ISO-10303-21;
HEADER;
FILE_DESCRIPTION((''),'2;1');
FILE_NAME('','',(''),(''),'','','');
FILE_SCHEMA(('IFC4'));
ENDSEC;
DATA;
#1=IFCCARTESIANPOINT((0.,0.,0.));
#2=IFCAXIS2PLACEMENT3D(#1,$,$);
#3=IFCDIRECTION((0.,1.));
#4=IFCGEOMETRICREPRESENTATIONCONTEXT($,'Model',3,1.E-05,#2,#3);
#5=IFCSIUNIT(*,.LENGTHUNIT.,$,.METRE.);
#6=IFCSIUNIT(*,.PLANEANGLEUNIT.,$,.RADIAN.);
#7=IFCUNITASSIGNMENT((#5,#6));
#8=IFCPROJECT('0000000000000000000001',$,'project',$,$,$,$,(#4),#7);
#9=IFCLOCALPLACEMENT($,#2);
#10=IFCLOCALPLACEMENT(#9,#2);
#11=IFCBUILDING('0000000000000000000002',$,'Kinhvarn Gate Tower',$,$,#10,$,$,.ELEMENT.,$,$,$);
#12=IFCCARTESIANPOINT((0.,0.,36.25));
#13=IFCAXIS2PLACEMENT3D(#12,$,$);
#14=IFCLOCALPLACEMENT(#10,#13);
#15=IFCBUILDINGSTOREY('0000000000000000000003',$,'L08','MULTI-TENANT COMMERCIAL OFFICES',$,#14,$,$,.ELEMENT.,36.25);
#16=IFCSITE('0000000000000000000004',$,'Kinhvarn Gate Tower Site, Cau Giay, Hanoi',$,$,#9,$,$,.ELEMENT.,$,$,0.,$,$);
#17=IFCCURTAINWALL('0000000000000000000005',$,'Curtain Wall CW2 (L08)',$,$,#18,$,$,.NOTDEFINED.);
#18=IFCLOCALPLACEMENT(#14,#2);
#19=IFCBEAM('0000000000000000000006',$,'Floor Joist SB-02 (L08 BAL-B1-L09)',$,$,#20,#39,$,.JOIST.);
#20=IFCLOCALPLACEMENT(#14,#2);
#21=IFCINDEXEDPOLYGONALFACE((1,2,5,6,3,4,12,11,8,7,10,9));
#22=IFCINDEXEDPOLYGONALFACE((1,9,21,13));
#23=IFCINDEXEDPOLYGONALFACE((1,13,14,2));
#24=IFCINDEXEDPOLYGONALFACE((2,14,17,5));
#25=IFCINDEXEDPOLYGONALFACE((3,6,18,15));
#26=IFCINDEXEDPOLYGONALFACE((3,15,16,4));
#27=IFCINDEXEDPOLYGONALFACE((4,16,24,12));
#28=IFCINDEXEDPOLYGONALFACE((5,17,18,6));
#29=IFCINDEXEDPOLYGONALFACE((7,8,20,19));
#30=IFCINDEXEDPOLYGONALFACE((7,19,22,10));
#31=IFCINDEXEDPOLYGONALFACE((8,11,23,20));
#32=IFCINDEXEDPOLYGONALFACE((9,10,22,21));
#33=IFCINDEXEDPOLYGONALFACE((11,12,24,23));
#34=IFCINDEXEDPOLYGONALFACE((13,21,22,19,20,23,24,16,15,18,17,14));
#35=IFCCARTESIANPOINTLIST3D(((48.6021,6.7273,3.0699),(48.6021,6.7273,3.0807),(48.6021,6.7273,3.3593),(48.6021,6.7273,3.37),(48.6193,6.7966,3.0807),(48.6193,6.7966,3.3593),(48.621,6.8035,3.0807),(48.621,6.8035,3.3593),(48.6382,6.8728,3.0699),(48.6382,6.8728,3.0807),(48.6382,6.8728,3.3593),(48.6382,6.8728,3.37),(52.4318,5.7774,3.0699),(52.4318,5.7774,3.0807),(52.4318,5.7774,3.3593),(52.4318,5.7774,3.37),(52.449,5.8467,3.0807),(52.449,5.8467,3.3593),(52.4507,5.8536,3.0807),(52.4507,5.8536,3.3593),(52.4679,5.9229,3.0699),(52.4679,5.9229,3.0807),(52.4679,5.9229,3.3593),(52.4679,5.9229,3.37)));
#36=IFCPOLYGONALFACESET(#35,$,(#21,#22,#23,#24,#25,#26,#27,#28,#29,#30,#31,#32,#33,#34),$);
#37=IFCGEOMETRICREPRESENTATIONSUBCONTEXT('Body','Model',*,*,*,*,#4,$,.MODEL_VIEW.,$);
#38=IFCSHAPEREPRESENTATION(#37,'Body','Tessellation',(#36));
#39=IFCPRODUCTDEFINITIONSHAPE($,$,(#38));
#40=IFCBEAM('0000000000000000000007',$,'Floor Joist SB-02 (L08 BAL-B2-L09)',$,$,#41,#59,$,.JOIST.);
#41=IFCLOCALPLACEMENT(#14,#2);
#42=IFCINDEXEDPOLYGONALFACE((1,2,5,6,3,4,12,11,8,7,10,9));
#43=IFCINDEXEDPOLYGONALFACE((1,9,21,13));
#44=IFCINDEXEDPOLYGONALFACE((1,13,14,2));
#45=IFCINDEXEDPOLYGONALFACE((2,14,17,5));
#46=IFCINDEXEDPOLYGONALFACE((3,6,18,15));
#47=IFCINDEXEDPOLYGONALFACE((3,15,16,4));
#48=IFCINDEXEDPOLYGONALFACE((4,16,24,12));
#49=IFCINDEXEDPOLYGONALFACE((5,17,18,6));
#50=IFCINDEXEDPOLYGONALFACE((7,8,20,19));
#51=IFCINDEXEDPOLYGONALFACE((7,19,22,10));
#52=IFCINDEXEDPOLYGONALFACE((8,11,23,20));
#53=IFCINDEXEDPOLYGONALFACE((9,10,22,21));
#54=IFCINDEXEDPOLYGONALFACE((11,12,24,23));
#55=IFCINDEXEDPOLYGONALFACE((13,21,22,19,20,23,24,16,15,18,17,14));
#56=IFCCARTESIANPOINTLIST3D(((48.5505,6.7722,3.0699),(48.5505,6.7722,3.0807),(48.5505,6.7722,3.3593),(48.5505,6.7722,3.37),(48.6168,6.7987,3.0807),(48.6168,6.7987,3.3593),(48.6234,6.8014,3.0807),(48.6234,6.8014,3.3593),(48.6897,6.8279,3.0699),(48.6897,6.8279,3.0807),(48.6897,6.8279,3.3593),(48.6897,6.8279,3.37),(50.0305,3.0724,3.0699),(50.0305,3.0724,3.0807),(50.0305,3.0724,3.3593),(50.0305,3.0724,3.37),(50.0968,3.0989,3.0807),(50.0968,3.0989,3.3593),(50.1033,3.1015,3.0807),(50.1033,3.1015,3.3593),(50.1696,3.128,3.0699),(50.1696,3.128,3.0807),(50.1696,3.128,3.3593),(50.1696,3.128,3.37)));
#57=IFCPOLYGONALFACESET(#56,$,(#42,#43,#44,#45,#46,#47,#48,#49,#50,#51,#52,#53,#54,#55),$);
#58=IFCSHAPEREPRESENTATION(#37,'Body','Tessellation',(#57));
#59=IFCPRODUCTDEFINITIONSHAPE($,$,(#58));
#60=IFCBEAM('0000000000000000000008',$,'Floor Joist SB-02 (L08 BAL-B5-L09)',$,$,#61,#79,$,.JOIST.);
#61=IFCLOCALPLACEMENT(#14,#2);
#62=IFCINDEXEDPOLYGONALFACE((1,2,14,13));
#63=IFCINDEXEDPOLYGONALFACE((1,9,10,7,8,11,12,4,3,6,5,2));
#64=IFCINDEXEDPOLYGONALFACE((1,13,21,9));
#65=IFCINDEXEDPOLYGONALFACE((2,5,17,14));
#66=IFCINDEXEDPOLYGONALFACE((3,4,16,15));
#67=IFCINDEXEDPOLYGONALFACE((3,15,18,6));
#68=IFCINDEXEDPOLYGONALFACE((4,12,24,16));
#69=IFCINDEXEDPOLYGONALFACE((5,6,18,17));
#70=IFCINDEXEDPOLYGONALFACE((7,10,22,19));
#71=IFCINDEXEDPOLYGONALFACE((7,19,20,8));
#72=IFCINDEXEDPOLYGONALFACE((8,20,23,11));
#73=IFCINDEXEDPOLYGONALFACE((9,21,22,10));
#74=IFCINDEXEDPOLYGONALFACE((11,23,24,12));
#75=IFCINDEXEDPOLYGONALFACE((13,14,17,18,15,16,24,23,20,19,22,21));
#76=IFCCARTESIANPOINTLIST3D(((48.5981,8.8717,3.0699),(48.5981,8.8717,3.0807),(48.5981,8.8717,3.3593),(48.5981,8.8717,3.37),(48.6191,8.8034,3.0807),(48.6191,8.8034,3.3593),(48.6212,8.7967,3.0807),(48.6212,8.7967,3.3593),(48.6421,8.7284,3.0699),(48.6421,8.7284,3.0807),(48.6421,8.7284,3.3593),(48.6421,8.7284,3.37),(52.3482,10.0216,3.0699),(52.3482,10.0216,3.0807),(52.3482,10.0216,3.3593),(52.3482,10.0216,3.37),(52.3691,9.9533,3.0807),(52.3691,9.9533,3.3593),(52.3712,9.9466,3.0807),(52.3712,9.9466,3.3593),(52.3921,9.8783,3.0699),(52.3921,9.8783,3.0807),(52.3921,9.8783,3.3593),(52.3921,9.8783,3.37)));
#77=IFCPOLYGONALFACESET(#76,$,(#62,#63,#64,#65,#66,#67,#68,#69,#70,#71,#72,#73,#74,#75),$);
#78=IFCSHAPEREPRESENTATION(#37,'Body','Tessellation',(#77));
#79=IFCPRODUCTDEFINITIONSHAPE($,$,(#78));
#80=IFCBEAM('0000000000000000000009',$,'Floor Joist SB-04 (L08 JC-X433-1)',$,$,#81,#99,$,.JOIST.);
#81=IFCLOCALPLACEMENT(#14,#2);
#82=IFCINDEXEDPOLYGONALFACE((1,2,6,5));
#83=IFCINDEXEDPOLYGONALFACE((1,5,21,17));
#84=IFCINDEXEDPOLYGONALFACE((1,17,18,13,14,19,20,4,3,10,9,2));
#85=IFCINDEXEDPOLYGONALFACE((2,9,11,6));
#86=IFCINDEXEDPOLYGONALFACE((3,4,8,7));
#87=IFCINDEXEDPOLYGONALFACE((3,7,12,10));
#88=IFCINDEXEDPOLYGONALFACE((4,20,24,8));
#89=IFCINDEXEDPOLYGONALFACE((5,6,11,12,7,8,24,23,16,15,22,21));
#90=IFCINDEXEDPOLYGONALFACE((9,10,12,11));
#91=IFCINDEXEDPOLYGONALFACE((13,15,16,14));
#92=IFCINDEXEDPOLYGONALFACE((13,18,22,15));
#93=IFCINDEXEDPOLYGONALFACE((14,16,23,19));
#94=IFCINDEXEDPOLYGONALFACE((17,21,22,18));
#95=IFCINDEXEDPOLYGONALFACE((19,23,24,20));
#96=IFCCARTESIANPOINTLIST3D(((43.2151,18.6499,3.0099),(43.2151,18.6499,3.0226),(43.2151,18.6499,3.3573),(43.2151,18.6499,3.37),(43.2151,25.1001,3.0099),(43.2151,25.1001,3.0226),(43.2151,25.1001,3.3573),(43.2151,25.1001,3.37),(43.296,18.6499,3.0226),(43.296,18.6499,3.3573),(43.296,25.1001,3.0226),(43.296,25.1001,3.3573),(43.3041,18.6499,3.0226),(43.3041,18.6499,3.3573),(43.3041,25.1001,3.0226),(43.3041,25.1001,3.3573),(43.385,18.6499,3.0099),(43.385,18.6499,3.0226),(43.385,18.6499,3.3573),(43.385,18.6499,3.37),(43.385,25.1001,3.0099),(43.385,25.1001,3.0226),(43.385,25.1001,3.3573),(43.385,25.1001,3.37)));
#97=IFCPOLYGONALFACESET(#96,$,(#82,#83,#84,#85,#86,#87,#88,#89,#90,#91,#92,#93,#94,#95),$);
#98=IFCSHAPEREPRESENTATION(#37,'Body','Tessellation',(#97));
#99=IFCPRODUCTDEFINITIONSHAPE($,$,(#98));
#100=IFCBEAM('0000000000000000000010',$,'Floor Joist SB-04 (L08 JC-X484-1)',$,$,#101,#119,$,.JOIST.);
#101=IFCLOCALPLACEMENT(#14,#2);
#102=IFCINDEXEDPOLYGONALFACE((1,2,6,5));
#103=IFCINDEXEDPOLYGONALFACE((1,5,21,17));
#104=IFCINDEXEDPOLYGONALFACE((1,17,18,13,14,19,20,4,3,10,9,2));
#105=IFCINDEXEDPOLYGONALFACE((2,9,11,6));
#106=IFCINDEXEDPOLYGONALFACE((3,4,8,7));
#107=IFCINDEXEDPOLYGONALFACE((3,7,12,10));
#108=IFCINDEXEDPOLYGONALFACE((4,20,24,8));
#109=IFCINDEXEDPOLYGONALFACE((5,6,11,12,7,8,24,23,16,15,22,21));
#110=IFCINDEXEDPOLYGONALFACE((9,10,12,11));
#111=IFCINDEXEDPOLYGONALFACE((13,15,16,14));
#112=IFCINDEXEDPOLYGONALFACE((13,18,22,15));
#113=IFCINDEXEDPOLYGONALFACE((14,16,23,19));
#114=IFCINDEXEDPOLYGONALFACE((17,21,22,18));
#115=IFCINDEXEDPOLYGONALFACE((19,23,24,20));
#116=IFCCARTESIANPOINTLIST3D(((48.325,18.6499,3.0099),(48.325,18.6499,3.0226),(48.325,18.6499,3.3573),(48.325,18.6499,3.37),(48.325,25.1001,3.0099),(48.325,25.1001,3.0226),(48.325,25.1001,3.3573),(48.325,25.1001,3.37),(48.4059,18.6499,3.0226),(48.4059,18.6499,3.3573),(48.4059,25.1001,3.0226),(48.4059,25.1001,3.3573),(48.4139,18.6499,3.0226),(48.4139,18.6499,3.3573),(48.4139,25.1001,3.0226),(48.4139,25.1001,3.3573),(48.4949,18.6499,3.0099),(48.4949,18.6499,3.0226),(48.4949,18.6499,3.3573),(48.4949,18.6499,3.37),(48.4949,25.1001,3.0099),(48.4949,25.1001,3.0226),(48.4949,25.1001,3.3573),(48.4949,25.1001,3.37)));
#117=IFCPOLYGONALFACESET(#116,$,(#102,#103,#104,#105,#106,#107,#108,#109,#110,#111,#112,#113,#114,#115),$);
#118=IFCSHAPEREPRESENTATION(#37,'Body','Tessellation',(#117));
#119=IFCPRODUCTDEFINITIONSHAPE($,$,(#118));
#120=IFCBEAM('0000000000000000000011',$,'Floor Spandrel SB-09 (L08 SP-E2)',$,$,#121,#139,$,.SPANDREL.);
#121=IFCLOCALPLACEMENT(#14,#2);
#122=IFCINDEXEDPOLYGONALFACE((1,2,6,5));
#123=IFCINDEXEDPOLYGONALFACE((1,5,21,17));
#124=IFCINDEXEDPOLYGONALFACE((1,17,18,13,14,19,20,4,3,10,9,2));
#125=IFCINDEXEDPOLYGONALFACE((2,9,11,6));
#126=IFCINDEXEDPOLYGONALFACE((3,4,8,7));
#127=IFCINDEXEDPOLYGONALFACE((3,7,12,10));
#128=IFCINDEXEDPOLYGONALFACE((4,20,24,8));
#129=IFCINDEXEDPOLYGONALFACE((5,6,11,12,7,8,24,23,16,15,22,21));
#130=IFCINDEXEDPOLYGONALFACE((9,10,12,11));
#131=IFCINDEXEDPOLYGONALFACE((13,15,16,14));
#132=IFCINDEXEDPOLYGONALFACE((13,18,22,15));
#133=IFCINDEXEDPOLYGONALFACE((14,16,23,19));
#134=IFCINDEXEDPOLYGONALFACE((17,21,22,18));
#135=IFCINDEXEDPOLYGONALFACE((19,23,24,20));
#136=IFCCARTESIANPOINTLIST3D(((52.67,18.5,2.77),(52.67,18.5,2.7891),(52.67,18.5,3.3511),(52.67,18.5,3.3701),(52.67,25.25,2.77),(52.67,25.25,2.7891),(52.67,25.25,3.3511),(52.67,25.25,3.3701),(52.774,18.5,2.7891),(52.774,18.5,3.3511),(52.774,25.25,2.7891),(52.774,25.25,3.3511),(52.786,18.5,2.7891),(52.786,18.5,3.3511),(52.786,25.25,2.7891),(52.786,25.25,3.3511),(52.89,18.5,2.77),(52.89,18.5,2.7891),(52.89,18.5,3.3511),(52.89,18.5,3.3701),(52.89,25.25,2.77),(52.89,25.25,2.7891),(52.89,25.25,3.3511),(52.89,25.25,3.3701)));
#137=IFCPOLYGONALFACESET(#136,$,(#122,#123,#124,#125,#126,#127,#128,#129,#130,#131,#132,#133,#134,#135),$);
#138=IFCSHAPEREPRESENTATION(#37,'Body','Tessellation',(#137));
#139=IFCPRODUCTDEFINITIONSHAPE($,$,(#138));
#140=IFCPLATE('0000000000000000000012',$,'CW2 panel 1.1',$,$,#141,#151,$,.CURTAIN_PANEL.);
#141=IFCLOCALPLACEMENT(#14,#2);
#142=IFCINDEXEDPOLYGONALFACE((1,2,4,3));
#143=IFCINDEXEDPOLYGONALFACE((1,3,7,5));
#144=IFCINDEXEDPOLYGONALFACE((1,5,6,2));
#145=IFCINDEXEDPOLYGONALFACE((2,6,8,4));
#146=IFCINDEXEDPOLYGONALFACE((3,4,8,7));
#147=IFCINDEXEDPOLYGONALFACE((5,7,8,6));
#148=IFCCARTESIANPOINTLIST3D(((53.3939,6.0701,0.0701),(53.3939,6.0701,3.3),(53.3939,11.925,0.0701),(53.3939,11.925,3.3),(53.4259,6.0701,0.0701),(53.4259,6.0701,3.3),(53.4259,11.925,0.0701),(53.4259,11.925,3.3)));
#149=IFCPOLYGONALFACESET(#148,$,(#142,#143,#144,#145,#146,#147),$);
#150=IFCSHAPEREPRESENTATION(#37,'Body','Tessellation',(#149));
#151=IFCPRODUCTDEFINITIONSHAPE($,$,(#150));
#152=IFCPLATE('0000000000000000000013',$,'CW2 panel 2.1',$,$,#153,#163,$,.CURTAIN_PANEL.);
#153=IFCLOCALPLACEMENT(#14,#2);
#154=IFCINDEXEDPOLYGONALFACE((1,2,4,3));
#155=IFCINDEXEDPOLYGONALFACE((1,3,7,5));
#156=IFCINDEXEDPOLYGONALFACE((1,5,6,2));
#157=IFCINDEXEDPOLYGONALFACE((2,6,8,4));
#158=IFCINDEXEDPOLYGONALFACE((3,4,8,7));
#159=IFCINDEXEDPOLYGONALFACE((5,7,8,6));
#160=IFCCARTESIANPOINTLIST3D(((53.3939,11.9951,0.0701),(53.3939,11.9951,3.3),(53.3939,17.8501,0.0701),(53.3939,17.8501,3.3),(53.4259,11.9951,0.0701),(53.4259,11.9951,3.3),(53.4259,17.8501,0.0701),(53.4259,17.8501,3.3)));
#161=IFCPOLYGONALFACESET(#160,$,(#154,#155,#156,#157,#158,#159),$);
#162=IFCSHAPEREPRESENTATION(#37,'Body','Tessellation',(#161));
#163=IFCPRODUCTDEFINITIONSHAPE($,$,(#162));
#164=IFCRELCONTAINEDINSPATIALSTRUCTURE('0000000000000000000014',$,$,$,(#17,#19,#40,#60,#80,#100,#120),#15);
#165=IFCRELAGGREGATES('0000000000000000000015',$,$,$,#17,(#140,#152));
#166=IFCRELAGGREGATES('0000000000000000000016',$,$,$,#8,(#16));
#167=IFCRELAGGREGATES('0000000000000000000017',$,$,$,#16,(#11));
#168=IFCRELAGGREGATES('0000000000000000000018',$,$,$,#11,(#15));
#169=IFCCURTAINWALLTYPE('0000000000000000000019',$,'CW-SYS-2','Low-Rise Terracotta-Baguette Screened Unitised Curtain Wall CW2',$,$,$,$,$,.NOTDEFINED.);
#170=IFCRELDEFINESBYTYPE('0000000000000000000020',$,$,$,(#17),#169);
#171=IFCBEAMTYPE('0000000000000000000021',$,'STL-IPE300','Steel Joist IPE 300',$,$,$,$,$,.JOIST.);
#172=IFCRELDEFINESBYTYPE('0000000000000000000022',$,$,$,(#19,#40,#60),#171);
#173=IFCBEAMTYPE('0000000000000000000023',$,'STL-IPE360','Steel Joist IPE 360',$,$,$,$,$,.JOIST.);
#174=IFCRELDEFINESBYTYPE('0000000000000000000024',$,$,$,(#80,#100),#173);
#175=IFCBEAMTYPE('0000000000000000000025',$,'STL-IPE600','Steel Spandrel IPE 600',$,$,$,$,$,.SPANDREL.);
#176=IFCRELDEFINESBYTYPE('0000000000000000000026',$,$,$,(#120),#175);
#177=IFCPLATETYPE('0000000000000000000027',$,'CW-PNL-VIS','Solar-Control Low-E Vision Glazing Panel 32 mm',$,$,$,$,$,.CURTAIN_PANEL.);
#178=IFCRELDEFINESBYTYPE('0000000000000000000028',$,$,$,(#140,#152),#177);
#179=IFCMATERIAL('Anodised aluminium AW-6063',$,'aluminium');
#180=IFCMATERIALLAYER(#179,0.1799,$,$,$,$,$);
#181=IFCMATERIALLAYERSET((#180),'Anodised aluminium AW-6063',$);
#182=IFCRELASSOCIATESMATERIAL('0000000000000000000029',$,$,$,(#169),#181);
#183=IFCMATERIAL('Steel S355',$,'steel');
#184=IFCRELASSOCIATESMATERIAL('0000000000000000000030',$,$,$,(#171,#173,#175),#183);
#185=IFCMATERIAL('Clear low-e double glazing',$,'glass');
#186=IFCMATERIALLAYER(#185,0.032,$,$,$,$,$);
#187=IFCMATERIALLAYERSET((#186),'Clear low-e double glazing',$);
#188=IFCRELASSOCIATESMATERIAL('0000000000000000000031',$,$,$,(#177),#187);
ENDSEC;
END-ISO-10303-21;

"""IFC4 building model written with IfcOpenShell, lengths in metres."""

from ifc_helpers import new_model, si_unit, direction, frame, origin, origin_2d, place, context, subcontext, project, spatial, rectangle, i_section, extrude, material, layer, layer_set, material_profile, profile_set, type_object, element, aggregate, save


model = new_model("IFC4")

# Units and contexts
model_context = context("Model", 3, precision=1e-05, world=origin(), true_north=direction((0.0, 1.0)))
body_context = subcontext(model_context, "Body", "Model", "MODEL_VIEW")
ifc_project = project(units=[si_unit("LENGTHUNIT", "METRE"), si_unit("PLANEANGLEUNIT", "RADIAN")], contexts=[model_context])

# Site, building, storey
site_placement = place(None, origin())
site = spatial("IfcSite", under=ifc_project, at=site_placement, Name="Kinhvarn Gate Tower Site, Cau Giay, Hanoi", CompositionType="ELEMENT", RefElevation=0.0)
building_placement = place(site_placement, origin())
building = spatial("IfcBuilding", under=site, at=building_placement, Name="Kinhvarn Gate Tower", CompositionType="ELEMENT")
storey_placement = place(building_placement, frame((0.0, 0.0, 36.25)))
storey = spatial("IfcBuildingStorey", under=building, at=storey_placement, Name="L08", Description="MULTI-TENANT COMMERCIAL OFFICES", CompositionType="ELEMENT", Elevation=36.25)

# Curtain wall
ifc_material_1 = material(Name="Anodised aluminium AW-6063", Category="aluminium")
ifc_layer_1 = layer(ifc_material_1, 0.1799)
ifc_layer_set_1 = layer_set([ifc_layer_1], Name="Anodised aluminium AW-6063")
curtain_wall_type = type_object("IfcCurtainWallType", Name="CW-SYS-2", Description="Low-Rise Terracotta-Baguette Screened Unitised Curtain Wall CW2", PredefinedType="NOTDEFINED", material=ifc_layer_set_1)
curtain_wall_1_placement = place(storey_placement, origin())
curtain_wall_1 = element("IfcCurtainWall", 1, at=curtain_wall_1_placement, inside=storey, type_object=curtain_wall_type, Name="Curtain Wall CW2 (L08)", PredefinedType="NOTDEFINED")

# Beams
ifc_material_2 = material(Name="Steel S355", Category="steel")
ifc_material_profile_1 = material_profile(ifc_material_2, i_section(OverallWidth=0.1499, OverallDepth=0.3, WebThickness=0.0071, FlangeThickness=0.0107, at=origin_2d()), Name="IPE 300")
ifc_profile_set_1 = profile_set([ifc_material_profile_1], Name="Steel S355")
beam_type_1 = type_object("IfcBeamType", Name="STL-IPE300", Description="Steel Joist IPE 300", PredefinedType="JOIST", material=ifc_profile_set_1)
beam_1_placement = place(storey_placement, frame((48.6201, 6.8, 3.22), z_axis=(0.970589, -0.240745, 0.0), x_axis=(0.240745, 0.970589, 0.0)))
element("IfcBeam", 2, at=beam_1_placement, inside=storey, type_object=beam_type_1, Name="Floor Joist SB-02 (L08 BAL-B1-L09)", PredefinedType="JOIST", context=body_context, shape_type="SweptSolid", body=[
    extrude(i_section(OverallWidth=0.1499, OverallDepth=0.3, WebThickness=0.0071, FlangeThickness=0.0107, at=origin_2d()), origin(), (0.0, 0.0, 1.0), 3.9458),
])
beam_2_placement = place(storey_placement, frame((48.6201, 6.8, 3.22), z_axis=(0.371391, -0.928477, 0.0), x_axis=(0.928477, 0.371391, 0.0)))
element("IfcBeam", 3, at=beam_2_placement, inside=storey, type_object=beam_type_1, Name="Floor Joist SB-02 (L08 BAL-B2-L09)", PredefinedType="JOIST", context=body_context, shape_type="SweptSolid", body=[
    extrude(i_section(OverallWidth=0.1499, OverallDepth=0.3, WebThickness=0.0071, FlangeThickness=0.0107, at=origin_2d()), origin(), (0.0, 0.0, 1.0), 3.9849),
])
beam_3_placement = place(storey_placement, frame((48.6201, 8.8, 3.22), z_axis=(0.956061, 0.293167, 0.0), x_axis=(-0.293167, 0.956061, 0.0)))
element("IfcBeam", 4, at=beam_3_placement, inside=storey, type_object=beam_type_1, Name="Floor Joist SB-02 (L08 BAL-B5-L09)", PredefinedType="JOIST", context=body_context, shape_type="SweptSolid", body=[
    extrude(i_section(OverallWidth=0.1499, OverallDepth=0.3, WebThickness=0.0071, FlangeThickness=0.0107, at=origin_2d()), origin(), (0.0, 0.0, 1.0), 3.9224),
])
ifc_material_profile_2 = material_profile(ifc_material_2, i_section(OverallWidth=0.1699, OverallDepth=0.3601, WebThickness=0.0081, FlangeThickness=0.0127, at=origin_2d()), Name="IPE 360")
ifc_profile_set_2 = profile_set([ifc_material_profile_2], Name="Steel S355")
beam_type_2 = type_object("IfcBeamType", Name="STL-IPE360", Description="Steel Joist IPE 360", PredefinedType="JOIST", material=ifc_profile_set_2)
for number, where, z_axis, x_axis, name in (
    (5, (43.3, 18.6499, 3.1899), (0.0, 1.0, 0.0), (-1.0, 0.0, 0.0), "Floor Joist SB-04 (L08 JC-X433-1)"),
    (6, (48.4099, 18.6499, 3.1899), (0.0, 1.0, 0.0), (-1.0, 0.0, 0.0), "Floor Joist SB-04 (L08 JC-X484-1)"),
):
    element("IfcBeam", number, at=place(storey_placement, frame(where, z_axis=z_axis, x_axis=x_axis)), inside=storey, type_object=beam_type_2, Name=name, PredefinedType="JOIST", context=body_context, shape_type="SweptSolid", body=[
        extrude(i_section(OverallWidth=0.1699, OverallDepth=0.3601, WebThickness=0.0081, FlangeThickness=0.0127, at=origin_2d()), origin(), (0.0, 0.0, 1.0), 6.4502),
    ])
ifc_material_profile_3 = material_profile(ifc_material_2, i_section(OverallWidth=0.22, OverallDepth=0.6001, WebThickness=0.012, FlangeThickness=0.019, at=origin_2d()), Name="IPE 600")
ifc_profile_set_3 = profile_set([ifc_material_profile_3], Name="Steel S355")
beam_type_3 = type_object("IfcBeamType", Name="STL-IPE600", Description="Steel Spandrel IPE 600", PredefinedType="SPANDREL", material=ifc_profile_set_3)
beam_4_placement = place(storey_placement, frame((52.78, 18.5, 3.0701), z_axis=(0.0, 1.0, 0.0), x_axis=(-1.0, 0.0, 0.0)))
element("IfcBeam", 7, at=beam_4_placement, inside=storey, type_object=beam_type_3, Name="Floor Spandrel SB-09 (L08 SP-E2)", PredefinedType="SPANDREL", context=body_context, shape_type="SweptSolid", body=[
    extrude(i_section(OverallWidth=0.22, OverallDepth=0.6001, WebThickness=0.012, FlangeThickness=0.019, at=origin_2d()), origin(), (0.0, 0.0, 1.0), 6.75),
])

# Plates
ifc_material_3 = material(Name="Clear low-e double glazing", Category="glass")
ifc_layer_2 = layer(ifc_material_3, 0.032)
ifc_layer_set_2 = layer_set([ifc_layer_2], Name="Clear low-e double glazing")
plate_type = type_object("IfcPlateType", Name="CW-PNL-VIS", Description="Solar-Control Low-E Vision Glazing Panel 32 mm", PredefinedType="CURTAIN_PANEL", material=ifc_layer_set_2)
plate_1_placement = place(storey_placement, frame((53.4099, 8.9976, 0.0701), z_axis=(0.0, 0.0, 1.0), x_axis=(0.0, 1.0, 0.0)))
plate_1 = element("IfcPlate", 8, at=plate_1_placement, type_object=plate_type, Name="CW2 panel 1.1", PredefinedType="CURTAIN_PANEL", context=body_context, shape_type="SweptSolid", body=[
    extrude(rectangle(XDim=5.855, YDim=0.032, at=origin_2d()), origin(), (0.0, 0.0, 1.0), 3.23),
])
plate_2_placement = place(storey_placement, frame((53.4099, 14.9226, 0.0701), z_axis=(0.0, 0.0, 1.0), x_axis=(0.0, 1.0, 0.0)))
plate_2 = element("IfcPlate", 9, at=plate_2_placement, type_object=plate_type, Name="CW2 panel 2.1", PredefinedType="CURTAIN_PANEL", context=body_context, shape_type="SweptSolid", body=[
    extrude(rectangle(XDim=5.855, YDim=0.032, at=origin_2d()), origin(), (0.0, 0.0, 1.0), 3.23),
])
aggregate(curtain_wall_1, [plate_1, plate_2])

save(model, "model.ifc")
